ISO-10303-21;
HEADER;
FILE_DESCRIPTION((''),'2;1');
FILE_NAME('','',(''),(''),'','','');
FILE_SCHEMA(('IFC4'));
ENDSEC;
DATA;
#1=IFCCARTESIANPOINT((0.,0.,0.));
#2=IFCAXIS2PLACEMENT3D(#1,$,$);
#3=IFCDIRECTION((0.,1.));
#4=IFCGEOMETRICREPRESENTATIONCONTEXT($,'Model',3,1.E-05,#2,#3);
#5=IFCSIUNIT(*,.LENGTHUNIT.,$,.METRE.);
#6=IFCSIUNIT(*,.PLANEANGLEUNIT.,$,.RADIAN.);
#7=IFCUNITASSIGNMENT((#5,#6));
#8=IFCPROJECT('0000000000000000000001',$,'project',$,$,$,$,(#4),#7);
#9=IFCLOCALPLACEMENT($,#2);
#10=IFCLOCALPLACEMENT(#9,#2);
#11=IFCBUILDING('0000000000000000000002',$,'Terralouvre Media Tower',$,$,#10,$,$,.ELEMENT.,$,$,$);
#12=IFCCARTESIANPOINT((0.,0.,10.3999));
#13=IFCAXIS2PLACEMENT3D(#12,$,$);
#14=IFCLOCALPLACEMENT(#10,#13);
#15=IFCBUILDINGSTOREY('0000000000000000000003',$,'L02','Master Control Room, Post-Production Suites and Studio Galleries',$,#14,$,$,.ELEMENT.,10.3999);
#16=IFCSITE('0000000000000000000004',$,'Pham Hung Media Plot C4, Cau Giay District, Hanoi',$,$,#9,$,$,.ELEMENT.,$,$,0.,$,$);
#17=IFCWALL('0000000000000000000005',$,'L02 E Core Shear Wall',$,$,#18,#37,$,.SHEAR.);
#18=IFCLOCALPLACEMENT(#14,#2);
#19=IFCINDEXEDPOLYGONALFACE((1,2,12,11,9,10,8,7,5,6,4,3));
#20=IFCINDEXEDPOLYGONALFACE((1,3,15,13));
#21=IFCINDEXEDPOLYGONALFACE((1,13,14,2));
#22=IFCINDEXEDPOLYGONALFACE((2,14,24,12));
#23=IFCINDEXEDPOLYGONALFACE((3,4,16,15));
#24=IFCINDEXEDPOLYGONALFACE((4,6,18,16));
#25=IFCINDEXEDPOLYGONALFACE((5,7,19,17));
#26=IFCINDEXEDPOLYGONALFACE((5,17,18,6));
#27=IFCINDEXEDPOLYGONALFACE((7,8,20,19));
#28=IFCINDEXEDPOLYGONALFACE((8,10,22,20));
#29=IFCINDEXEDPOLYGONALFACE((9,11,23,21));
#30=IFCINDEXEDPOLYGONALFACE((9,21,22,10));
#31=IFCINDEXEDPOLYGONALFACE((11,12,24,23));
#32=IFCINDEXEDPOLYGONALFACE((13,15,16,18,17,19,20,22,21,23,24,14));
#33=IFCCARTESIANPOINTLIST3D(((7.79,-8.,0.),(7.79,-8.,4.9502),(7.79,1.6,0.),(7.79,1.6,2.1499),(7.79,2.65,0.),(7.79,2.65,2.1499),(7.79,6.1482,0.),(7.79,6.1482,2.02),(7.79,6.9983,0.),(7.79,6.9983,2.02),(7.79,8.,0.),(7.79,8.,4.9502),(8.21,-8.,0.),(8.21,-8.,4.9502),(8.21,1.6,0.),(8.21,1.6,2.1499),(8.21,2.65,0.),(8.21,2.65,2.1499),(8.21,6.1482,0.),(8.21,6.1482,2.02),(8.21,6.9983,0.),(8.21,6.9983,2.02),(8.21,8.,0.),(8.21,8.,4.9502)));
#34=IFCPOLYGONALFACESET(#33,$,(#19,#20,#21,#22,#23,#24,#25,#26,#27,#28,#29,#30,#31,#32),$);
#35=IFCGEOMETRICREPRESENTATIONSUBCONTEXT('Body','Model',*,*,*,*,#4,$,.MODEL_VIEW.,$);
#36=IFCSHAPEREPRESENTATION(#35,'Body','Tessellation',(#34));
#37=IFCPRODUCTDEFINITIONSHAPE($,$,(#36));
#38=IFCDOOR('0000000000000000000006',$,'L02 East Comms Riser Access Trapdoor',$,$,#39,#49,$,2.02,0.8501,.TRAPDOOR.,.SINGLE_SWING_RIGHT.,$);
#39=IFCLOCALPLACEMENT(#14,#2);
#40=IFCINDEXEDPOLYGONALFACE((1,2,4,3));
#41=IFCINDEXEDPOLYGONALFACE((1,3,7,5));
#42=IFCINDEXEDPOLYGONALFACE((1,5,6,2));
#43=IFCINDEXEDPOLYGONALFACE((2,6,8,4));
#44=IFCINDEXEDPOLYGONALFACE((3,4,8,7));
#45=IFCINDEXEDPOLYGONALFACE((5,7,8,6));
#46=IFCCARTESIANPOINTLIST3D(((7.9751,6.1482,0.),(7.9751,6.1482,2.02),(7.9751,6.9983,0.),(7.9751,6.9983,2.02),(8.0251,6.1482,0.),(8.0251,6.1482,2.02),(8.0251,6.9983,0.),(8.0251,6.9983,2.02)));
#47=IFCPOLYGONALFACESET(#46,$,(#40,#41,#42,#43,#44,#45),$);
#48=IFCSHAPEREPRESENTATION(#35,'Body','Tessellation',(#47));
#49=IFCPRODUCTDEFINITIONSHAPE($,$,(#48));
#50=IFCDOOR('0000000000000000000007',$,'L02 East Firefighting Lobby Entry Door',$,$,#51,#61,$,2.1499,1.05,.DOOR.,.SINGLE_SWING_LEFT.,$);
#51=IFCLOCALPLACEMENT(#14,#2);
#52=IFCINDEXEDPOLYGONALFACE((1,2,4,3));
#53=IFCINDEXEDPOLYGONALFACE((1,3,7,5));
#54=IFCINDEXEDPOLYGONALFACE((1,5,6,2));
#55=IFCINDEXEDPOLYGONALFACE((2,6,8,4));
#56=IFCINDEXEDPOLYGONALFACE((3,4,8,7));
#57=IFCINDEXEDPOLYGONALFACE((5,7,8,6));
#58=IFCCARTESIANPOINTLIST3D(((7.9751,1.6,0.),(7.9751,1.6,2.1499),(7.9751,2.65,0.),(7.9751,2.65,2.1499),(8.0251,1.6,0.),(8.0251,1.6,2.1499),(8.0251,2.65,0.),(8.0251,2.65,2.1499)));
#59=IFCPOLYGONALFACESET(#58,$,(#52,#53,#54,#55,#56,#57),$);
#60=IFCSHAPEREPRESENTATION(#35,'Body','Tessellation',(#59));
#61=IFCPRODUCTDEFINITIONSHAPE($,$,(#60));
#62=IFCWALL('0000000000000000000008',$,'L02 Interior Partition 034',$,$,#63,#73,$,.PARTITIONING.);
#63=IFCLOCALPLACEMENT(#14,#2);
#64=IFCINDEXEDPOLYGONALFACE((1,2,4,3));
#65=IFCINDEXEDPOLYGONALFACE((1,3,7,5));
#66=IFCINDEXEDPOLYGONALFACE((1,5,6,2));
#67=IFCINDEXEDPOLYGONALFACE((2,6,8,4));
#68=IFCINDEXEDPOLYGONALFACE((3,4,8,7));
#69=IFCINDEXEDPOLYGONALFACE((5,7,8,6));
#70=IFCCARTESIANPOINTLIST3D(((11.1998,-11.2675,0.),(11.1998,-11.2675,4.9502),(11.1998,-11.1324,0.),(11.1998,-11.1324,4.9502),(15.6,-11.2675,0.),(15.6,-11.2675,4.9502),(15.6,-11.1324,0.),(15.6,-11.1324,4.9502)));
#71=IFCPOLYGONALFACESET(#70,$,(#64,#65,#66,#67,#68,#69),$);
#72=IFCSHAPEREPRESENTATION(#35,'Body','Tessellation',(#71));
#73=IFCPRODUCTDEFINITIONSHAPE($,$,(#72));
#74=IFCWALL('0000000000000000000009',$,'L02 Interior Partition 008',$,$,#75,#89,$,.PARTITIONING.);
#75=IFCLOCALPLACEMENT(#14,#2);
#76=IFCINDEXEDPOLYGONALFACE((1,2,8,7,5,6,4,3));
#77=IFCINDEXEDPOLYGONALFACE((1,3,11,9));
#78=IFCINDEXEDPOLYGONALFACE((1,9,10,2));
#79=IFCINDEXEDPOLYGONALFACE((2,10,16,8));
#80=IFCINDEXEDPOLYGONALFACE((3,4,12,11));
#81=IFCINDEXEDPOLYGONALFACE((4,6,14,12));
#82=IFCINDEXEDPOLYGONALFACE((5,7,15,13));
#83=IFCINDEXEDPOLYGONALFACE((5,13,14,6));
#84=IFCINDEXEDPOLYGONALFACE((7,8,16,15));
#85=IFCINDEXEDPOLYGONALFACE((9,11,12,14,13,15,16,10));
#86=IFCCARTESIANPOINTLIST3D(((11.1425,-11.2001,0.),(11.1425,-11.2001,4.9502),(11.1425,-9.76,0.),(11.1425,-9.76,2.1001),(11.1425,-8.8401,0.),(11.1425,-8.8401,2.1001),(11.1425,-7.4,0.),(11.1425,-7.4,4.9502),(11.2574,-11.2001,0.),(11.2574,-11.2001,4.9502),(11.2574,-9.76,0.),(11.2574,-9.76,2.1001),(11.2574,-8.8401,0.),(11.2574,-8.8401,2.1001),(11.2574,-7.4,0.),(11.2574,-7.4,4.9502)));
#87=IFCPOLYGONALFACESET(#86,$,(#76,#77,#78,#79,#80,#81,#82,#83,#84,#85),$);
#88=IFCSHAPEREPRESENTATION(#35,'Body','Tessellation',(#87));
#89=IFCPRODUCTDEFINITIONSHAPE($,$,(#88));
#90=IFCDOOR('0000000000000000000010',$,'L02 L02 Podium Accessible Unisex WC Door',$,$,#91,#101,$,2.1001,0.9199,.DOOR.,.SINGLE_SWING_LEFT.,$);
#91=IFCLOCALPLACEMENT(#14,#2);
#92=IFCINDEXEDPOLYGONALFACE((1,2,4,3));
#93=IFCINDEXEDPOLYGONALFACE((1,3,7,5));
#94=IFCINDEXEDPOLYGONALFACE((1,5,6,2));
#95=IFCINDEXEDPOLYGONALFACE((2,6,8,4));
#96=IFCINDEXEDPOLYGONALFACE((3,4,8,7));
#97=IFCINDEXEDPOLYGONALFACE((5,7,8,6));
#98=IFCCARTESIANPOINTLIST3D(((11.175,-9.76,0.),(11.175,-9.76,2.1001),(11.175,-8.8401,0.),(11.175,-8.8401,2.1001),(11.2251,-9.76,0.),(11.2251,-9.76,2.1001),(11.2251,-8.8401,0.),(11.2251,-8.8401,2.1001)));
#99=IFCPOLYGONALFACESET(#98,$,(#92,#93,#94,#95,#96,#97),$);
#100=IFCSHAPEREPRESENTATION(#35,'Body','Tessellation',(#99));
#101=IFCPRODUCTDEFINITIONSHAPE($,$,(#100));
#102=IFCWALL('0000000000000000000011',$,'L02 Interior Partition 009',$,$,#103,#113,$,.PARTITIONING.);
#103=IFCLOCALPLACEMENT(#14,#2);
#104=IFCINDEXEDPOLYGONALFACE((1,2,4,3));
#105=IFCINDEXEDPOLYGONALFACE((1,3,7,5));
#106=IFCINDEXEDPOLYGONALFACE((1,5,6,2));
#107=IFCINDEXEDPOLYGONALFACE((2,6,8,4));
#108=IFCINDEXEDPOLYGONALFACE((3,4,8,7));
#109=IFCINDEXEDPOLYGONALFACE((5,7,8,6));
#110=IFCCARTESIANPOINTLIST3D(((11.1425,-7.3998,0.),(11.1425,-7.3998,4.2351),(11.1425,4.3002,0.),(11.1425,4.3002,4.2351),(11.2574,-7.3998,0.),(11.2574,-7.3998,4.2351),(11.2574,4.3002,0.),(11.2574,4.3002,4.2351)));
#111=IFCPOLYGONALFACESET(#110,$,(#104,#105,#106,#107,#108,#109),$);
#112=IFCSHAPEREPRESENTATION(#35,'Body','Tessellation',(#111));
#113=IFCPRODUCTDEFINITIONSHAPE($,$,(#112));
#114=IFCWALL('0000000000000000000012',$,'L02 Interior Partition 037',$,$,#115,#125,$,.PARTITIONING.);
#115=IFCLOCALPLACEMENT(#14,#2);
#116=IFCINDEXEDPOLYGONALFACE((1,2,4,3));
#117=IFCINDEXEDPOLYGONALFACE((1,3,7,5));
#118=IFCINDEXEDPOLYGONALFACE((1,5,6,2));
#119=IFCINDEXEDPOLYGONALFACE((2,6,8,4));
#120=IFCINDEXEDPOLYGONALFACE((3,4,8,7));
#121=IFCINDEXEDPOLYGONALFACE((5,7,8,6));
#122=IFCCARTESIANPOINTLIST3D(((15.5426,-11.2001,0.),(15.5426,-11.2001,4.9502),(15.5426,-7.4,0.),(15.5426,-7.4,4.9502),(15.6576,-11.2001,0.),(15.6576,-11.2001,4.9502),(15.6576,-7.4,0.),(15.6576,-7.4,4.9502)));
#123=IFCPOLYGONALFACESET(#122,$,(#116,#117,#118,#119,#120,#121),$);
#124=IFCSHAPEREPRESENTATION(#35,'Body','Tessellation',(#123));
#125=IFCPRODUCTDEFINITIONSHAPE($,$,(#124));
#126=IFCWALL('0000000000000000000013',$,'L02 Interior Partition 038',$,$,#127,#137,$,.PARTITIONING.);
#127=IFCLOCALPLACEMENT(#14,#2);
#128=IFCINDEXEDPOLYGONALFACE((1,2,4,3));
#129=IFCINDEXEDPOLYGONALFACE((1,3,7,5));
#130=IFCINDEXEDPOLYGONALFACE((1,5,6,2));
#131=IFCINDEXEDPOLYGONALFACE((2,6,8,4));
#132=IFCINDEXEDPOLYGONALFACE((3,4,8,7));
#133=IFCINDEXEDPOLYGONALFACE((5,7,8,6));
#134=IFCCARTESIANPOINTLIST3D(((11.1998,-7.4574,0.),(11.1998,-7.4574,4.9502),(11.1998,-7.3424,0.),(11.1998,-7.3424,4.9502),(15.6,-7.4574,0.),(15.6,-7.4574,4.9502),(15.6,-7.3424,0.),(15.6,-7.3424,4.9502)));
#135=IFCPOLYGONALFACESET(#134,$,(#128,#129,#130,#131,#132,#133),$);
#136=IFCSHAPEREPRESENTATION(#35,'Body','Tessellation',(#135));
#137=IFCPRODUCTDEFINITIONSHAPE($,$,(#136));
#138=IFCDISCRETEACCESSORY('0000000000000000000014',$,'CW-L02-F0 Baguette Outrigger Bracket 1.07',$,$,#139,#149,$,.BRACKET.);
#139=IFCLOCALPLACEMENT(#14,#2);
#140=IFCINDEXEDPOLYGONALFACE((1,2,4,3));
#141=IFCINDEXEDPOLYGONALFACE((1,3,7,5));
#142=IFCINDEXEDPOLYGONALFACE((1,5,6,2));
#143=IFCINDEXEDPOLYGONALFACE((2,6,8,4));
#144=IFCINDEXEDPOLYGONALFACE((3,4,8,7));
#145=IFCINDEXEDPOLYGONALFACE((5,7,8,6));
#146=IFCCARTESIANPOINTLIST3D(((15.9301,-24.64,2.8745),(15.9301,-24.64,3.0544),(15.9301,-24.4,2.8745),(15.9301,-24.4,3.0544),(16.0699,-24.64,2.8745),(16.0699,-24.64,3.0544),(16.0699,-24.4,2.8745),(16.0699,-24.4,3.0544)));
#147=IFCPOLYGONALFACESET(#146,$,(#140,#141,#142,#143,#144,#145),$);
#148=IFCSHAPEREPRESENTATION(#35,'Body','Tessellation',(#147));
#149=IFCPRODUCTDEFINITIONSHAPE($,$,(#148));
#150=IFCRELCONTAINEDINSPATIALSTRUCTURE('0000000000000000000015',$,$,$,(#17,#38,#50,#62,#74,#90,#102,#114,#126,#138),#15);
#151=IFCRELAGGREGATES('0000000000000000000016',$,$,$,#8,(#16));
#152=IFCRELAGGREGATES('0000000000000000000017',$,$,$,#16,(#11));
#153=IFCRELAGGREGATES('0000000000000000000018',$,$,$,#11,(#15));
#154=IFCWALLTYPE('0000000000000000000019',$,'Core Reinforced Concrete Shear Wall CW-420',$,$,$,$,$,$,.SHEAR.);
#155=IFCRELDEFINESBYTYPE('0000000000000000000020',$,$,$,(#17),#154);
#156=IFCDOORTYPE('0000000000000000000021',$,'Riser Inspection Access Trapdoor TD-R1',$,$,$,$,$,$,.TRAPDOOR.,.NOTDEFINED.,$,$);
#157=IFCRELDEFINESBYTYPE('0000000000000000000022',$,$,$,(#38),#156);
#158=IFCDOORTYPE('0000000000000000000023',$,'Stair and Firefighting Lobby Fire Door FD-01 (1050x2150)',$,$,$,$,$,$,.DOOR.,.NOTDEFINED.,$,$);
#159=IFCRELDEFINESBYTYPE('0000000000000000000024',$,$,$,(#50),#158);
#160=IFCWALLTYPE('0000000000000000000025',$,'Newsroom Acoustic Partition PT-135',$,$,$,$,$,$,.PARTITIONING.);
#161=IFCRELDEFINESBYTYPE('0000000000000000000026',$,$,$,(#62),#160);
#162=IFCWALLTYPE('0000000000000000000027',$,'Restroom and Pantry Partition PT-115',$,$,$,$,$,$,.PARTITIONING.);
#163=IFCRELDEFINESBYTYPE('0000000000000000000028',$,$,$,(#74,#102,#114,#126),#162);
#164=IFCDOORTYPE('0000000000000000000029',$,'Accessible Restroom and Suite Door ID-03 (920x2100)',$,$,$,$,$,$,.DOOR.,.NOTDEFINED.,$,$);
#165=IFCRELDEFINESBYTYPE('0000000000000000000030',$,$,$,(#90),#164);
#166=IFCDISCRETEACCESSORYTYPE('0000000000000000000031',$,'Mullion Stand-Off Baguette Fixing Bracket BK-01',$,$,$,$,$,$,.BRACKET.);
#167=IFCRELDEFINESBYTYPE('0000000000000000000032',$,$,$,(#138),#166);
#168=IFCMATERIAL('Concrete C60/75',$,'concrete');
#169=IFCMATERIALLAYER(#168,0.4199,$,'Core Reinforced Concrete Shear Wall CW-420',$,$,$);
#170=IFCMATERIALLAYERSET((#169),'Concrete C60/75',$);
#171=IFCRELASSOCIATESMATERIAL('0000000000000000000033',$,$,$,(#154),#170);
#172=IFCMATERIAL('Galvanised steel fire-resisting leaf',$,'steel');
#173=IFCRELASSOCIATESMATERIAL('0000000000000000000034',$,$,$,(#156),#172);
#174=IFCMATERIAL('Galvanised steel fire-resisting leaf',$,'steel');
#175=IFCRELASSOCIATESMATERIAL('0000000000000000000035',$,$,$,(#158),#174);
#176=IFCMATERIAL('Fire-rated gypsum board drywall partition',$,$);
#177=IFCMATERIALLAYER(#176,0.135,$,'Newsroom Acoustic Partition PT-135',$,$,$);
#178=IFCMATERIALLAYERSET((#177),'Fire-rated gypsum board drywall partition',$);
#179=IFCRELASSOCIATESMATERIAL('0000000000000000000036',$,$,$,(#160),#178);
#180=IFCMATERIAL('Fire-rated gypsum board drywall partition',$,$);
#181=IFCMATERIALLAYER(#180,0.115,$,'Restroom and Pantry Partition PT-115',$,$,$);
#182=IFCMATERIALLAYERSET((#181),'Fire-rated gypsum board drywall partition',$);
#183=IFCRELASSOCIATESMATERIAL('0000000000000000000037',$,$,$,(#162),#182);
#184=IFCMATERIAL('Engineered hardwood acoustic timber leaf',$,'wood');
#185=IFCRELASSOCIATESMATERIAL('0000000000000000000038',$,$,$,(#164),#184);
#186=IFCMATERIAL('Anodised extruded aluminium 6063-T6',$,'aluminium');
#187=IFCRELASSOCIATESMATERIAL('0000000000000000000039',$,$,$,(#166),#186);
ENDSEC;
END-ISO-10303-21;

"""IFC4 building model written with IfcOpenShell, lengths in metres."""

from ifc_helpers import new_model, si_unit, direction, frame, frame_2d, origin, origin_2d, place, context, subcontext, project, spatial, rectangle, extrude, material, layer, layer_set, type_object, element, fill, save


model = new_model("IFC4")

# Units and contexts
model_context = context("Model", 3, precision=1e-05, world=origin(), true_north=direction((0.0, 1.0)))
body_context = subcontext(model_context, "Body", "Model", "MODEL_VIEW")
ifc_project = project(units=[si_unit("LENGTHUNIT", "METRE"), si_unit("PLANEANGLEUNIT", "RADIAN")], contexts=[model_context])

# Site, building, storey
site_placement = place(None, origin())
site = spatial("IfcSite", under=ifc_project, at=site_placement, Name="Pham Hung Media Plot C4, Cau Giay District, Hanoi", CompositionType="ELEMENT", RefElevation=0.0)
building_placement = place(site_placement, origin())
building = spatial("IfcBuilding", under=site, at=building_placement, Name="Terralouvre Media Tower", CompositionType="ELEMENT")
storey_placement = place(building_placement, frame((0.0, 0.0, 10.3999)))
storey = spatial("IfcBuildingStorey", under=building, at=storey_placement, Name="L02", Description="Master Control Room, Post-Production Suites and Studio Galleries", CompositionType="ELEMENT", Elevation=10.3999)

# Wall, openings, doors
ifc_material_1 = material(Name="Concrete C60/75", Category="concrete")
ifc_layer_1 = layer(ifc_material_1, 0.4199, Name="Core Reinforced Concrete Shear Wall CW-420")
ifc_layer_set_1 = layer_set([ifc_layer_1], Name="Concrete C60/75")
wall_type_1 = type_object("IfcWallType", Name="Core Reinforced Concrete Shear Wall CW-420", PredefinedType="SHEAR", material=ifc_layer_set_1)
wall_1_placement = place(storey_placement, frame((8.0, -8.0, 0.0), z_axis=(0.0, 0.0, 1.0), x_axis=(0.0, 1.0, 0.0)))
wall_1 = element("IfcWall", 1, at=wall_1_placement, inside=storey, type_object=wall_type_1, Name="L02 E Core Shear Wall", PredefinedType="SHEAR", context=body_context, shape_type="SweptSolid", body=[
    extrude(rectangle(XDim=16.0, YDim=0.4199, at=frame_2d((8.0, 0.0))), origin(), (0.0, 0.0, 1.0), 4.9502),
])
opening_1_placement = place(wall_1_placement, frame((9.6001, 0.0, 0.0)))
opening_1 = element("IfcOpeningElement", 2, at=opening_1_placement, cuts=wall_1, PredefinedType="OPENING", context=body_context, shape_type="SweptSolid", body=[
    extrude(rectangle(XDim=1.05, YDim=2.1499, at=frame_2d((0.5249, 1.075))), frame((0.0, 0.22, 0.0), z_axis=(0.0, -1.0, 0.0), x_axis=(1.0, 0.0, 0.0)), (0.0, 0.0, 1.0), 0.4399),
])
opening_2_placement = place(wall_1_placement, frame((14.1482, 0.0, 0.0)))
opening_2 = element("IfcOpeningElement", 3, at=opening_2_placement, cuts=wall_1, PredefinedType="OPENING", context=body_context, shape_type="SweptSolid", body=[
    extrude(rectangle(XDim=0.8501, YDim=2.02, at=frame_2d((0.425, 1.01))), frame((0.0, 0.22, 0.0), z_axis=(0.0, -1.0, 0.0), x_axis=(1.0, 0.0, 0.0)), (0.0, 0.0, 1.0), 0.4399),
])
ifc_material_2 = material(Name="Galvanised steel fire-resisting leaf", Category="steel")
door_type_1 = type_object("IfcDoorType", Name="Riser Inspection Access Trapdoor TD-R1", OperationType="NOTDEFINED", PredefinedType="TRAPDOOR", material=ifc_material_2)
door_1_placement = place(opening_2_placement, origin())
door_1 = element("IfcDoor", 4, at=door_1_placement, inside=storey, type_object=door_type_1, Name="L02 East Comms Riser Access Trapdoor", OperationType="SINGLE_SWING_RIGHT", OverallHeight=2.02, OverallWidth=0.8501, PredefinedType="TRAPDOOR", context=body_context, shape_type="SweptSolid", body=[
    extrude(rectangle(XDim=0.8501, YDim=2.02, at=frame_2d((0.425, 1.01))), frame((0.0, 0.0249, 0.0), z_axis=(0.0, -1.0, 0.0), x_axis=(1.0, 0.0, 0.0)), (0.0, 0.0, 1.0), 0.05),
])
fill(opening_2, door_1)
ifc_material_3 = material(Name="Galvanised steel fire-resisting leaf", Category="steel")
door_type_2 = type_object("IfcDoorType", Name="Stair and Firefighting Lobby Fire Door FD-01 (1050x2150)", OperationType="NOTDEFINED", PredefinedType="DOOR", material=ifc_material_3)
door_2_placement = place(opening_1_placement, origin())
door_2 = element("IfcDoor", 5, at=door_2_placement, inside=storey, type_object=door_type_2, Name="L02 East Firefighting Lobby Entry Door", OperationType="SINGLE_SWING_LEFT", OverallHeight=2.1499, OverallWidth=1.05, PredefinedType="DOOR", context=body_context, shape_type="SweptSolid", body=[
    extrude(rectangle(XDim=1.05, YDim=2.1499, at=frame_2d((0.5249, 1.075))), frame((0.0, 0.0249, 0.0), z_axis=(0.0, -1.0, 0.0), x_axis=(1.0, 0.0, 0.0)), (0.0, 0.0, 1.0), 0.05),
])
fill(opening_1, door_2)

# Wall
ifc_material_4 = material(Name="Fire-rated gypsum board drywall partition")
ifc_layer_2 = layer(ifc_material_4, 0.135, Name="Newsroom Acoustic Partition PT-135")
ifc_layer_set_2 = layer_set([ifc_layer_2], Name="Fire-rated gypsum board drywall partition")
wall_type_2 = type_object("IfcWallType", Name="Newsroom Acoustic Partition PT-135", PredefinedType="PARTITIONING", material=ifc_layer_set_2)
wall_2_placement = place(storey_placement, frame((15.6001, -11.2, 0.0), z_axis=(0.0, 0.0, 1.0), x_axis=(-1.0, 0.0, 0.0)))
element("IfcWall", 6, at=wall_2_placement, inside=storey, type_object=wall_type_2, Name="L02 Interior Partition 034", PredefinedType="PARTITIONING", context=body_context, shape_type="SweptSolid", body=[
    extrude(rectangle(XDim=4.4001, YDim=0.135, at=frame_2d((2.2002, 0.0))), origin(), (0.0, 0.0, 1.0), 4.9502),
])

# Wall, opening, door
ifc_material_5 = material(Name="Fire-rated gypsum board drywall partition")
ifc_layer_3 = layer(ifc_material_5, 0.115, Name="Restroom and Pantry Partition PT-115")
ifc_layer_set_3 = layer_set([ifc_layer_3], Name="Fire-rated gypsum board drywall partition")
wall_type_3 = type_object("IfcWallType", Name="Restroom and Pantry Partition PT-115", PredefinedType="PARTITIONING", material=ifc_layer_set_3)
wall_3_placement = place(storey_placement, frame((11.2, -11.2, 0.0), z_axis=(0.0, 0.0, 1.0), x_axis=(0.0, 1.0, 0.0)))
wall_3 = element("IfcWall", 7, at=wall_3_placement, inside=storey, type_object=wall_type_3, Name="L02 Interior Partition 008", PredefinedType="PARTITIONING", context=body_context, shape_type="SweptSolid", body=[
    extrude(rectangle(XDim=3.8, YDim=0.115, at=frame_2d((1.8999, 0.0))), origin(), (0.0, 0.0, 1.0), 4.9502),
])
opening_3_placement = place(wall_3_placement, frame((1.4399, 0.0, 0.0)))
opening_3 = element("IfcOpeningElement", 8, at=opening_3_placement, cuts=wall_3, PredefinedType="OPENING", context=body_context, shape_type="SweptSolid", body=[
    extrude(rectangle(XDim=0.9199, YDim=2.1001, at=frame_2d((0.46, 1.05))), frame((0.0, 0.0674, 0.0), z_axis=(0.0, -1.0, 0.0), x_axis=(1.0, 0.0, 0.0)), (0.0, 0.0, 1.0), 0.135),
])
ifc_material_6 = material(Name="Engineered hardwood acoustic timber leaf", Category="wood")
door_type_3 = type_object("IfcDoorType", Name="Accessible Restroom and Suite Door ID-03 (920x2100)", OperationType="NOTDEFINED", PredefinedType="DOOR", material=ifc_material_6)
door_3_placement = place(opening_3_placement, origin())
door_3 = element("IfcDoor", 9, at=door_3_placement, inside=storey, type_object=door_type_3, Name="L02 L02 Podium Accessible Unisex WC Door", OperationType="SINGLE_SWING_LEFT", OverallHeight=2.1001, OverallWidth=0.9199, PredefinedType="DOOR", context=body_context, shape_type="SweptSolid", body=[
    extrude(rectangle(XDim=0.9199, YDim=2.1001, at=frame_2d((0.46, 1.05))), frame((0.0, 0.0249, 0.0), z_axis=(0.0, -1.0, 0.0), x_axis=(1.0, 0.0, 0.0)), (0.0, 0.0, 1.0), 0.05),
])
fill(opening_3, door_3)

# Walls
wall_4_placement = place(storey_placement, frame((11.2, -7.3999, 0.0), z_axis=(0.0, 0.0, 1.0), x_axis=(0.0, 1.0, 0.0)))
element("IfcWall", 10, at=wall_4_placement, inside=storey, type_object=wall_type_3, Name="L02 Interior Partition 009", PredefinedType="PARTITIONING", context=body_context, shape_type="SweptSolid", body=[
    extrude(rectangle(XDim=11.7, YDim=0.115, at=frame_2d((5.8501, 0.0))), origin(), (0.0, 0.0, 1.0), 4.2351),
])
wall_5_placement = place(storey_placement, frame((15.6001, -11.2, 0.0), z_axis=(0.0, 0.0, 1.0), x_axis=(0.0, 1.0, 0.0)))
element("IfcWall", 11, at=wall_5_placement, inside=storey, type_object=wall_type_3, Name="L02 Interior Partition 037", PredefinedType="PARTITIONING", context=body_context, shape_type="SweptSolid", body=[
    extrude(rectangle(XDim=3.8, YDim=0.115, at=frame_2d((1.8999, 0.0))), origin(), (0.0, 0.0, 1.0), 4.9502),
])
wall_6_placement = place(storey_placement, frame((15.6001, -7.3999, 0.0), z_axis=(0.0, 0.0, 1.0), x_axis=(-1.0, 0.0, 0.0)))
element("IfcWall", 12, at=wall_6_placement, inside=storey, type_object=wall_type_3, Name="L02 Interior Partition 038", PredefinedType="PARTITIONING", context=body_context, shape_type="SweptSolid", body=[
    extrude(rectangle(XDim=4.4001, YDim=0.115, at=frame_2d((2.2002, 0.0))), origin(), (0.0, 0.0, 1.0), 4.9502),
])

# Discrete accessory
ifc_material_7 = material(Name="Anodised extruded aluminium 6063-T6", Category="aluminium")
discrete_accessory_type = type_object("IfcDiscreteAccessoryType", Name="Mullion Stand-Off Baguette Fixing Bracket BK-01", PredefinedType="BRACKET", material=ifc_material_7)
discrete_accessory_placement = place(storey_placement, frame((16.0, -24.52, 2.8745), z_axis=(0.0, 0.0, 1.0), x_axis=(1.0, 0.0, 0.0)))
element("IfcDiscreteAccessory", 13, at=discrete_accessory_placement, inside=storey, type_object=discrete_accessory_type, Name="CW-L02-F0 Baguette Outrigger Bracket 1.07", PredefinedType="BRACKET", context=body_context, shape_type="SweptSolid", body=[
    extrude(rectangle(XDim=0.1399, YDim=0.24, at=origin_2d()), origin(), (0.0, 0.0, 1.0), 0.1799),
])

save(model, "model.ifc")
